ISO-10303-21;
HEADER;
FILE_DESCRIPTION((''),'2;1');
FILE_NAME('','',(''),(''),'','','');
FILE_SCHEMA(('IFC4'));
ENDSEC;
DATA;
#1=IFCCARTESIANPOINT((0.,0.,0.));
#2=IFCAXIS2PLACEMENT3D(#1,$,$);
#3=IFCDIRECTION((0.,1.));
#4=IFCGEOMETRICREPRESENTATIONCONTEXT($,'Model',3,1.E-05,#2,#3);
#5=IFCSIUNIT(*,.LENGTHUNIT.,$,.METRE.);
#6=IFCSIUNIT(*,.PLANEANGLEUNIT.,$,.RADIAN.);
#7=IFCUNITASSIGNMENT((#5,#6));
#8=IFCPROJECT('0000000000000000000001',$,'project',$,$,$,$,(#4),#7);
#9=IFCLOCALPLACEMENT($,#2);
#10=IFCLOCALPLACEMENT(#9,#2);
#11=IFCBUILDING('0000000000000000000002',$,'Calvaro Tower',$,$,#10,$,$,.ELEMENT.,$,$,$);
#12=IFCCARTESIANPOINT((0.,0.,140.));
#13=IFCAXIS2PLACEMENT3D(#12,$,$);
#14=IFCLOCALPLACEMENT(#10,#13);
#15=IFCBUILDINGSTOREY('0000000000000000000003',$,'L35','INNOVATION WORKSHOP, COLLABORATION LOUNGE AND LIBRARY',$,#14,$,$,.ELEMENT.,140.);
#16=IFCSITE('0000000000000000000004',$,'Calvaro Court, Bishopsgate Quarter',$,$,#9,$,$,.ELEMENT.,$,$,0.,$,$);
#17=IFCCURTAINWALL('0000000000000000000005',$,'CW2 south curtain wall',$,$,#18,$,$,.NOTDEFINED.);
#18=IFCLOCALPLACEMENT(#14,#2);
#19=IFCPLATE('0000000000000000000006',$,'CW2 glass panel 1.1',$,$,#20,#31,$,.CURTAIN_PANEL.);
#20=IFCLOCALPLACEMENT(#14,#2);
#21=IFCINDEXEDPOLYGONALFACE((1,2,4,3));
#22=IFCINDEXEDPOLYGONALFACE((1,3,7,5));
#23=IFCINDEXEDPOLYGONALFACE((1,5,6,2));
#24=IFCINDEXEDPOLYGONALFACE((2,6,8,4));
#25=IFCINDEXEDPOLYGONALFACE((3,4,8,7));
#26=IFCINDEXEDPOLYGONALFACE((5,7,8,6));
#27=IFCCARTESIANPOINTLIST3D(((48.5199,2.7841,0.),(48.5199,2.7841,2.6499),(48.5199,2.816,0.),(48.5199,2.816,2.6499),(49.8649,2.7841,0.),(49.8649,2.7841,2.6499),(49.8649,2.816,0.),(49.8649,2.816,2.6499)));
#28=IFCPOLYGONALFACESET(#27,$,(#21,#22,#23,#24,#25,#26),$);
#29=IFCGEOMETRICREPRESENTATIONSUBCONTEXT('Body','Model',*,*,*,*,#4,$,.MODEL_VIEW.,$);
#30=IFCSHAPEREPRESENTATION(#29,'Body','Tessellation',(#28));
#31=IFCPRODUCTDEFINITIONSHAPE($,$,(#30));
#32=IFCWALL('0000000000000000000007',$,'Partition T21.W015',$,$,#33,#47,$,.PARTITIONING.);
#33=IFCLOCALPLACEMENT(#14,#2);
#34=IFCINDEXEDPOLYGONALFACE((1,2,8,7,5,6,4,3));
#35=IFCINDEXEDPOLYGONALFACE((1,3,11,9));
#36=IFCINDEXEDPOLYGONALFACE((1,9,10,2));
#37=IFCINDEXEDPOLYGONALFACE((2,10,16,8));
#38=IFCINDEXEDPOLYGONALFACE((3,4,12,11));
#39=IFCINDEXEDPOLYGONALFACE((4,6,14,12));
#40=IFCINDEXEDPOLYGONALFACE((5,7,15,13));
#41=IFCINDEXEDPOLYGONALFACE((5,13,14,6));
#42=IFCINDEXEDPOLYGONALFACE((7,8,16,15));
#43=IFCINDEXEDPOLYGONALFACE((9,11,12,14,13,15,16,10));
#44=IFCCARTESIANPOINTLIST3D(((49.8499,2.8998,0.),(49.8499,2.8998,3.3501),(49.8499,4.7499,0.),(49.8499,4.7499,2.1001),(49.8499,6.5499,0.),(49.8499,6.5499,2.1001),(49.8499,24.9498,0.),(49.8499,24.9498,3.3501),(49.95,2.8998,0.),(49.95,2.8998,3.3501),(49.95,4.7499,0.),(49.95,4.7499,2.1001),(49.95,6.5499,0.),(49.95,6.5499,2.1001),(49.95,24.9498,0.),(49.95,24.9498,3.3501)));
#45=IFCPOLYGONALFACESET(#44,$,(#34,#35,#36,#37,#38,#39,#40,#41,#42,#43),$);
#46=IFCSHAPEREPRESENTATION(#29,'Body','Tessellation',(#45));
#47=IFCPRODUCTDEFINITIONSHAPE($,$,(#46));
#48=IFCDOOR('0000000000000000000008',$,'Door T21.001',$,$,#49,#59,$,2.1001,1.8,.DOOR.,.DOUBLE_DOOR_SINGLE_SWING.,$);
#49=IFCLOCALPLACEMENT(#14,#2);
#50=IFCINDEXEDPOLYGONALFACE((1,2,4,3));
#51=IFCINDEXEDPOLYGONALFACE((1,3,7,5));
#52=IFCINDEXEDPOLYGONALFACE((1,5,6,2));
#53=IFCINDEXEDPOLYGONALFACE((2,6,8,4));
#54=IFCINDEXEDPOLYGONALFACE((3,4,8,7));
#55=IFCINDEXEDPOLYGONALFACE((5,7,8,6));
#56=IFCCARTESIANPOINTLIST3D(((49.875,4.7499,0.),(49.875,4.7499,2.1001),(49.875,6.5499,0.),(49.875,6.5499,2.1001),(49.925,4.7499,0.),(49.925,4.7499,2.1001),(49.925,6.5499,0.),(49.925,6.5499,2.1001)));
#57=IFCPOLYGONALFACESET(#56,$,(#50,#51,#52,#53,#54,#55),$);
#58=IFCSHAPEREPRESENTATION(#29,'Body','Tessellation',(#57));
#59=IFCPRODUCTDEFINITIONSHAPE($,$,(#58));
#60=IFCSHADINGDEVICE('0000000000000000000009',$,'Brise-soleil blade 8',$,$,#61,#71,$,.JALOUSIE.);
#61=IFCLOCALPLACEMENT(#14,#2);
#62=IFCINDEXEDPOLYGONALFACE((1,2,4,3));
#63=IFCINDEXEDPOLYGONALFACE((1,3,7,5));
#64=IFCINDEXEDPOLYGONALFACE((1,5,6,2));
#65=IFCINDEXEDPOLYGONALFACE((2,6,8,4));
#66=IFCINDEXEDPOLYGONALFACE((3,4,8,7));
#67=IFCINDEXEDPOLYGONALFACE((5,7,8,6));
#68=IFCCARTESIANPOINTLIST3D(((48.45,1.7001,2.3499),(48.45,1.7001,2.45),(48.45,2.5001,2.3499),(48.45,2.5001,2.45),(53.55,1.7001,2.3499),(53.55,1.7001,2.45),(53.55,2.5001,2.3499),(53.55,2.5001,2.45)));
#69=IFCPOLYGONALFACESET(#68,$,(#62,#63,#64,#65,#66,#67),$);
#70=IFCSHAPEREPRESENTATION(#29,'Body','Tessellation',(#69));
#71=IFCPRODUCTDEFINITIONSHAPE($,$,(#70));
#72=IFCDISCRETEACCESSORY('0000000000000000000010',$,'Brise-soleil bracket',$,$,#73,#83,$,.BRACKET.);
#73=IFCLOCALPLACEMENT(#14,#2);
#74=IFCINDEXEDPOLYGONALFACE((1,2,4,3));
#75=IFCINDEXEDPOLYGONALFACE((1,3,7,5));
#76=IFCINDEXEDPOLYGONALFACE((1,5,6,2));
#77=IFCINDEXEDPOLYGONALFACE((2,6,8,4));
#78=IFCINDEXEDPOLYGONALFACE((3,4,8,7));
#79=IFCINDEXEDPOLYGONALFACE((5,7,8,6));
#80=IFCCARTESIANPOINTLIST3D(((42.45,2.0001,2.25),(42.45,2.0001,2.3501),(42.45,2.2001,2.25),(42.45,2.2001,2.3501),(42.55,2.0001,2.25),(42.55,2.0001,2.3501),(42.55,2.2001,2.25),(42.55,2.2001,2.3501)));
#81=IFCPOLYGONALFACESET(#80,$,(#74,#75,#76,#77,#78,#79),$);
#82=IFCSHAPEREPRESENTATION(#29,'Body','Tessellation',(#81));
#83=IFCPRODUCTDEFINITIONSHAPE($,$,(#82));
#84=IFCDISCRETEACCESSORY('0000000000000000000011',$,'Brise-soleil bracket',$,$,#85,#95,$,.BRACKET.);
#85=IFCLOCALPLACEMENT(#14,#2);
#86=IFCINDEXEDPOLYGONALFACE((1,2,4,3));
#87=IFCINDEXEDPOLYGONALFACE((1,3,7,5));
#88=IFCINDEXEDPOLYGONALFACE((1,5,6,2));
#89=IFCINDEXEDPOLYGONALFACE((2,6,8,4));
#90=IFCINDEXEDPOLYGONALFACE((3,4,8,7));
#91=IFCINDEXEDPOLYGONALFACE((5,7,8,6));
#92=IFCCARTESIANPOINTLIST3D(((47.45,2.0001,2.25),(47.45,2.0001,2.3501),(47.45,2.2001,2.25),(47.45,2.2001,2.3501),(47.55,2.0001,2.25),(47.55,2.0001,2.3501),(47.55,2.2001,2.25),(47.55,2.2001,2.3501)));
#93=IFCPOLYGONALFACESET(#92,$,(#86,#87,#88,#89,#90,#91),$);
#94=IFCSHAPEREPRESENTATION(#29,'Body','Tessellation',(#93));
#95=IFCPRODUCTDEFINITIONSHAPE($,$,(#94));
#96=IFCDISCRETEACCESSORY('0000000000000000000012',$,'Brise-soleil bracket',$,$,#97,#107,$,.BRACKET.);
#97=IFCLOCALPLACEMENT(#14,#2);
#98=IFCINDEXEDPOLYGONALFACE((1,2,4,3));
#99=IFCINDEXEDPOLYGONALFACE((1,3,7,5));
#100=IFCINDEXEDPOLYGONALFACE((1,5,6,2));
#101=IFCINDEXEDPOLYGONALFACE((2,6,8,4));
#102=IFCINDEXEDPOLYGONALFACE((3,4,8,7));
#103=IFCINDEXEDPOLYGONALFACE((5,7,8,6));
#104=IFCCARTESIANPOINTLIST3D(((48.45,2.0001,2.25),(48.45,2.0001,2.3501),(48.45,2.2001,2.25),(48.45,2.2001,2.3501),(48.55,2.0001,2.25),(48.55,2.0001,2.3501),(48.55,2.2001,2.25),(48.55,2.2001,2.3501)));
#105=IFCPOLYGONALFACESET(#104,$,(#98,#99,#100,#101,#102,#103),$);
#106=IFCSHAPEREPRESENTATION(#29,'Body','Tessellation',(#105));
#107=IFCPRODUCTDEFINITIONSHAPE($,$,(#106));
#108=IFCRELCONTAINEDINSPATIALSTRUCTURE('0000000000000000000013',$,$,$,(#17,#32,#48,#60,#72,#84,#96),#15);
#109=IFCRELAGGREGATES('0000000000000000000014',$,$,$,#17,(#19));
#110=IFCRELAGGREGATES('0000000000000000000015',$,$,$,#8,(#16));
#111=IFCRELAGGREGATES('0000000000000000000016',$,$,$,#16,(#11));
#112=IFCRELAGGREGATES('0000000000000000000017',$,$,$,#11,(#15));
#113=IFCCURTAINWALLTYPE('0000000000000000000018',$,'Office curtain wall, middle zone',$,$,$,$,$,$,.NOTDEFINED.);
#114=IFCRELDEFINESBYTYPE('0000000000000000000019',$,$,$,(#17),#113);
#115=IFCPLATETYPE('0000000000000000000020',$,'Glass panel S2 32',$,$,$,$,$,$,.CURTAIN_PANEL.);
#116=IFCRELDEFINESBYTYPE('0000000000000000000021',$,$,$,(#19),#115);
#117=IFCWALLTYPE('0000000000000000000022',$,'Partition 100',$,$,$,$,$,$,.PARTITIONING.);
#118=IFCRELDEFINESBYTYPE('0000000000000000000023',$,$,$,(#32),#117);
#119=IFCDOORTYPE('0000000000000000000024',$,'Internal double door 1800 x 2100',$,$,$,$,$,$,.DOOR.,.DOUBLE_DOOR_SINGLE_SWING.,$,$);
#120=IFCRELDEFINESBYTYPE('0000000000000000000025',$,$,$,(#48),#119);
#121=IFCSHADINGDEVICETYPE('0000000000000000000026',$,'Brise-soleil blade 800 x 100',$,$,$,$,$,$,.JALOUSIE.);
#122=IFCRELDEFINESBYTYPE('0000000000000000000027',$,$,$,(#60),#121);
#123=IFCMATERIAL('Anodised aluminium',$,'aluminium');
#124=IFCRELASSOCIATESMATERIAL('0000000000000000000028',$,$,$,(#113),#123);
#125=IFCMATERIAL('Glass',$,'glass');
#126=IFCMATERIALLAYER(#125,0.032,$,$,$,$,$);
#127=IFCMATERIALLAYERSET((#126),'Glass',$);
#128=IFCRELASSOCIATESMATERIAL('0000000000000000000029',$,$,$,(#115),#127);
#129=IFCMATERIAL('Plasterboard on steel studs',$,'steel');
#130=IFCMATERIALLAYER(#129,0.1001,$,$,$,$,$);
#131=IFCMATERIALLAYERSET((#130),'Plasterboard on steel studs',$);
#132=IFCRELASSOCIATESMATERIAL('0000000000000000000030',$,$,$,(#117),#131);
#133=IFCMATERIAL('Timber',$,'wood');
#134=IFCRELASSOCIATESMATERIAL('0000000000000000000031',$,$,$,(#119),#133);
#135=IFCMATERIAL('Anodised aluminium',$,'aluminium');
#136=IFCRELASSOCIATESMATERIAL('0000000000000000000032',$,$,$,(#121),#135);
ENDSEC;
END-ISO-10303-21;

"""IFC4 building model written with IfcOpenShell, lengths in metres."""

from ifc_helpers import new_model, si_unit, direction, frame, frame_2d, origin, origin_2d, place, context, subcontext, project, spatial, rectangle, extrude, material, layer, layer_set, material_profile, profile_set, type_object, element, fill, aggregate, save


model = new_model("IFC4")

# Units and contexts
model_context = context("Model", 3, precision=1e-05, world=origin(), true_north=direction((0.0, 1.0)))
body_context = subcontext(model_context, "Body", "Model", "MODEL_VIEW")
ifc_project = project(units=[si_unit("LENGTHUNIT", "METRE"), si_unit("PLANEANGLEUNIT", "RADIAN")], contexts=[model_context])

# Site, building, storey
site_placement = place(None, origin())
site = spatial("IfcSite", under=ifc_project, at=site_placement, Name="Calvaro Court, Bishopsgate Quarter", CompositionType="ELEMENT", RefElevation=0.0)
building_placement = place(site_placement, origin())
building = spatial("IfcBuilding", under=site, at=building_placement, Name="Calvaro Tower", CompositionType="ELEMENT")
storey_placement = place(building_placement, frame((0.0, 0.0, 140.0)))
storey = spatial("IfcBuildingStorey", under=building, at=storey_placement, Name="L35", Description="INNOVATION WORKSHOP, COLLABORATION LOUNGE AND LIBRARY", CompositionType="ELEMENT", Elevation=140.0)

# Curtain wall
ifc_material_1 = material(Name="Anodised aluminium", Category="aluminium")
curtain_wall_type = type_object("IfcCurtainWallType", Name="Office curtain wall, middle zone", PredefinedType="NOTDEFINED", material=ifc_material_1)
curtain_wall_1_placement = place(storey_placement, origin())
curtain_wall_1 = element("IfcCurtainWall", 1, at=curtain_wall_1_placement, inside=storey, type_object=curtain_wall_type, Name="CW2 south curtain wall", PredefinedType="NOTDEFINED")

# Plate
ifc_material_2 = material(Name="Glass", Category="glass")
ifc_layer_1 = layer(ifc_material_2, 0.032)
ifc_layer_set_1 = layer_set([ifc_layer_1], Name="Glass")
plate_type = type_object("IfcPlateType", Name="Glass panel S2 32", PredefinedType="CURTAIN_PANEL", material=ifc_layer_set_1)
plate_1_placement = place(storey_placement, frame((49.1924, 2.8, 0.0), z_axis=(0.0, 0.0, 1.0), x_axis=(1.0, 0.0, 0.0)))
plate_1 = element("IfcPlate", 2, at=plate_1_placement, type_object=plate_type, Name="CW2 glass panel 1.1", PredefinedType="CURTAIN_PANEL", context=body_context, shape_type="SweptSolid", body=[
    extrude(rectangle(XDim=1.345, YDim=0.032, at=origin_2d()), origin(), (0.0, 0.0, 1.0), 2.6499),
])
aggregate(curtain_wall_1, [plate_1])

# Wall, opening, door
ifc_material_3 = material(Name="Plasterboard on steel studs", Category="steel")
ifc_layer_2 = layer(ifc_material_3, 0.1001)
ifc_layer_set_2 = layer_set([ifc_layer_2], Name="Plasterboard on steel studs")
wall_type = type_object("IfcWallType", Name="Partition 100", PredefinedType="PARTITIONING", material=ifc_layer_set_2)
wall_placement = place(storey_placement, frame((49.8999, 2.8999, 0.0), z_axis=(0.0, 0.0, 1.0), x_axis=(0.0, 1.0, 0.0)))
wall = element("IfcWall", 3, at=wall_placement, inside=storey, type_object=wall_type, Name="Partition T21.W015", PredefinedType="PARTITIONING", context=body_context, shape_type="SweptSolid", body=[
    extrude(rectangle(XDim=22.05, YDim=0.1001, at=frame_2d((11.0249, 0.0))), origin(), (0.0, 0.0, 1.0), 3.3501),
])
opening_placement = place(wall_placement, frame((1.8501, 0.0, 0.0)))
opening = element("IfcOpeningElement", 4, at=opening_placement, cuts=wall, PredefinedType="OPENING", context=body_context, shape_type="SweptSolid", body=[
    extrude(rectangle(XDim=1.8, YDim=2.1001, at=frame_2d((0.8999, 1.05))), frame((0.0, 0.0601, 0.0), z_axis=(0.0, -1.0, 0.0), x_axis=(1.0, 0.0, 0.0)), (0.0, 0.0, 1.0), 0.1201),
])
ifc_material_4 = material(Name="Timber", Category="wood")
door_type = type_object("IfcDoorType", Name="Internal double door 1800 x 2100", OperationType="DOUBLE_DOOR_SINGLE_SWING", PredefinedType="DOOR", material=ifc_material_4)
door_placement = place(opening_placement, origin())
door = element("IfcDoor", 5, at=door_placement, inside=storey, type_object=door_type, Name="Door T21.001", OperationType="DOUBLE_DOOR_SINGLE_SWING", OverallHeight=2.1001, OverallWidth=1.8, PredefinedType="DOOR", context=body_context, shape_type="SweptSolid", body=[
    extrude(rectangle(XDim=1.8, YDim=2.1001, at=frame_2d((0.8999, 1.05))), frame((0.0, 0.0249, 0.0), z_axis=(0.0, -1.0, 0.0), x_axis=(1.0, 0.0, 0.0)), (0.0, 0.0, 1.0), 0.05),
])
fill(opening, door)

# Shading device
ifc_material_5 = material(Name="Anodised aluminium", Category="aluminium")
ifc_material_profile_1 = material_profile(ifc_material_5, rectangle(XDim=0.8, YDim=0.1001, at=origin_2d()), Name="Brise-soleil blade 800 x 100")
ifc_profile_set_1 = profile_set([ifc_material_profile_1], Name="Anodised aluminium")
shading_device_type = type_object("IfcShadingDeviceType", Name="Brise-soleil blade 800 x 100", PredefinedType="JALOUSIE", material=ifc_profile_set_1)
shading_device_placement = place(storey_placement, frame((48.45, 2.1001, 2.3999), z_axis=(1.0, 0.0, 0.0), x_axis=(0.0, 1.0, 0.0)))
element("IfcShadingDevice", 6, at=shading_device_placement, inside=storey, type_object=shading_device_type, Name="Brise-soleil blade 8", PredefinedType="JALOUSIE", context=body_context, shape_type="SweptSolid", body=[
    extrude(rectangle(XDim=0.8, YDim=0.1001, at=origin_2d()), origin(), (0.0, 0.0, 1.0), 5.1001),
])

# Discrete accessories
for number, where, z_axis, x_axis, name in (
    (7, (42.5, 2.1001, 2.25), (0.0, 0.0, 1.0), (1.0, 0.0, 0.0), "Brise-soleil bracket"),
    (8, (47.5, 2.1001, 2.25), (0.0, 0.0, 1.0), (1.0, 0.0, 0.0), "Brise-soleil bracket"),
    (9, (48.5, 2.1001, 2.25), (0.0, 0.0, 1.0), (1.0, 0.0, 0.0), "Brise-soleil bracket"),
):
    element("IfcDiscreteAccessory", number, at=place(storey_placement, frame(where, z_axis=z_axis, x_axis=x_axis)), inside=storey, Name=name, PredefinedType="BRACKET", context=body_context, shape_type="SweptSolid", body=[
        extrude(rectangle(XDim=0.1001, YDim=0.2, at=origin_2d()), origin(), (0.0, 0.0, 1.0), 0.1001),
    ])

save(model, "model.ifc")
